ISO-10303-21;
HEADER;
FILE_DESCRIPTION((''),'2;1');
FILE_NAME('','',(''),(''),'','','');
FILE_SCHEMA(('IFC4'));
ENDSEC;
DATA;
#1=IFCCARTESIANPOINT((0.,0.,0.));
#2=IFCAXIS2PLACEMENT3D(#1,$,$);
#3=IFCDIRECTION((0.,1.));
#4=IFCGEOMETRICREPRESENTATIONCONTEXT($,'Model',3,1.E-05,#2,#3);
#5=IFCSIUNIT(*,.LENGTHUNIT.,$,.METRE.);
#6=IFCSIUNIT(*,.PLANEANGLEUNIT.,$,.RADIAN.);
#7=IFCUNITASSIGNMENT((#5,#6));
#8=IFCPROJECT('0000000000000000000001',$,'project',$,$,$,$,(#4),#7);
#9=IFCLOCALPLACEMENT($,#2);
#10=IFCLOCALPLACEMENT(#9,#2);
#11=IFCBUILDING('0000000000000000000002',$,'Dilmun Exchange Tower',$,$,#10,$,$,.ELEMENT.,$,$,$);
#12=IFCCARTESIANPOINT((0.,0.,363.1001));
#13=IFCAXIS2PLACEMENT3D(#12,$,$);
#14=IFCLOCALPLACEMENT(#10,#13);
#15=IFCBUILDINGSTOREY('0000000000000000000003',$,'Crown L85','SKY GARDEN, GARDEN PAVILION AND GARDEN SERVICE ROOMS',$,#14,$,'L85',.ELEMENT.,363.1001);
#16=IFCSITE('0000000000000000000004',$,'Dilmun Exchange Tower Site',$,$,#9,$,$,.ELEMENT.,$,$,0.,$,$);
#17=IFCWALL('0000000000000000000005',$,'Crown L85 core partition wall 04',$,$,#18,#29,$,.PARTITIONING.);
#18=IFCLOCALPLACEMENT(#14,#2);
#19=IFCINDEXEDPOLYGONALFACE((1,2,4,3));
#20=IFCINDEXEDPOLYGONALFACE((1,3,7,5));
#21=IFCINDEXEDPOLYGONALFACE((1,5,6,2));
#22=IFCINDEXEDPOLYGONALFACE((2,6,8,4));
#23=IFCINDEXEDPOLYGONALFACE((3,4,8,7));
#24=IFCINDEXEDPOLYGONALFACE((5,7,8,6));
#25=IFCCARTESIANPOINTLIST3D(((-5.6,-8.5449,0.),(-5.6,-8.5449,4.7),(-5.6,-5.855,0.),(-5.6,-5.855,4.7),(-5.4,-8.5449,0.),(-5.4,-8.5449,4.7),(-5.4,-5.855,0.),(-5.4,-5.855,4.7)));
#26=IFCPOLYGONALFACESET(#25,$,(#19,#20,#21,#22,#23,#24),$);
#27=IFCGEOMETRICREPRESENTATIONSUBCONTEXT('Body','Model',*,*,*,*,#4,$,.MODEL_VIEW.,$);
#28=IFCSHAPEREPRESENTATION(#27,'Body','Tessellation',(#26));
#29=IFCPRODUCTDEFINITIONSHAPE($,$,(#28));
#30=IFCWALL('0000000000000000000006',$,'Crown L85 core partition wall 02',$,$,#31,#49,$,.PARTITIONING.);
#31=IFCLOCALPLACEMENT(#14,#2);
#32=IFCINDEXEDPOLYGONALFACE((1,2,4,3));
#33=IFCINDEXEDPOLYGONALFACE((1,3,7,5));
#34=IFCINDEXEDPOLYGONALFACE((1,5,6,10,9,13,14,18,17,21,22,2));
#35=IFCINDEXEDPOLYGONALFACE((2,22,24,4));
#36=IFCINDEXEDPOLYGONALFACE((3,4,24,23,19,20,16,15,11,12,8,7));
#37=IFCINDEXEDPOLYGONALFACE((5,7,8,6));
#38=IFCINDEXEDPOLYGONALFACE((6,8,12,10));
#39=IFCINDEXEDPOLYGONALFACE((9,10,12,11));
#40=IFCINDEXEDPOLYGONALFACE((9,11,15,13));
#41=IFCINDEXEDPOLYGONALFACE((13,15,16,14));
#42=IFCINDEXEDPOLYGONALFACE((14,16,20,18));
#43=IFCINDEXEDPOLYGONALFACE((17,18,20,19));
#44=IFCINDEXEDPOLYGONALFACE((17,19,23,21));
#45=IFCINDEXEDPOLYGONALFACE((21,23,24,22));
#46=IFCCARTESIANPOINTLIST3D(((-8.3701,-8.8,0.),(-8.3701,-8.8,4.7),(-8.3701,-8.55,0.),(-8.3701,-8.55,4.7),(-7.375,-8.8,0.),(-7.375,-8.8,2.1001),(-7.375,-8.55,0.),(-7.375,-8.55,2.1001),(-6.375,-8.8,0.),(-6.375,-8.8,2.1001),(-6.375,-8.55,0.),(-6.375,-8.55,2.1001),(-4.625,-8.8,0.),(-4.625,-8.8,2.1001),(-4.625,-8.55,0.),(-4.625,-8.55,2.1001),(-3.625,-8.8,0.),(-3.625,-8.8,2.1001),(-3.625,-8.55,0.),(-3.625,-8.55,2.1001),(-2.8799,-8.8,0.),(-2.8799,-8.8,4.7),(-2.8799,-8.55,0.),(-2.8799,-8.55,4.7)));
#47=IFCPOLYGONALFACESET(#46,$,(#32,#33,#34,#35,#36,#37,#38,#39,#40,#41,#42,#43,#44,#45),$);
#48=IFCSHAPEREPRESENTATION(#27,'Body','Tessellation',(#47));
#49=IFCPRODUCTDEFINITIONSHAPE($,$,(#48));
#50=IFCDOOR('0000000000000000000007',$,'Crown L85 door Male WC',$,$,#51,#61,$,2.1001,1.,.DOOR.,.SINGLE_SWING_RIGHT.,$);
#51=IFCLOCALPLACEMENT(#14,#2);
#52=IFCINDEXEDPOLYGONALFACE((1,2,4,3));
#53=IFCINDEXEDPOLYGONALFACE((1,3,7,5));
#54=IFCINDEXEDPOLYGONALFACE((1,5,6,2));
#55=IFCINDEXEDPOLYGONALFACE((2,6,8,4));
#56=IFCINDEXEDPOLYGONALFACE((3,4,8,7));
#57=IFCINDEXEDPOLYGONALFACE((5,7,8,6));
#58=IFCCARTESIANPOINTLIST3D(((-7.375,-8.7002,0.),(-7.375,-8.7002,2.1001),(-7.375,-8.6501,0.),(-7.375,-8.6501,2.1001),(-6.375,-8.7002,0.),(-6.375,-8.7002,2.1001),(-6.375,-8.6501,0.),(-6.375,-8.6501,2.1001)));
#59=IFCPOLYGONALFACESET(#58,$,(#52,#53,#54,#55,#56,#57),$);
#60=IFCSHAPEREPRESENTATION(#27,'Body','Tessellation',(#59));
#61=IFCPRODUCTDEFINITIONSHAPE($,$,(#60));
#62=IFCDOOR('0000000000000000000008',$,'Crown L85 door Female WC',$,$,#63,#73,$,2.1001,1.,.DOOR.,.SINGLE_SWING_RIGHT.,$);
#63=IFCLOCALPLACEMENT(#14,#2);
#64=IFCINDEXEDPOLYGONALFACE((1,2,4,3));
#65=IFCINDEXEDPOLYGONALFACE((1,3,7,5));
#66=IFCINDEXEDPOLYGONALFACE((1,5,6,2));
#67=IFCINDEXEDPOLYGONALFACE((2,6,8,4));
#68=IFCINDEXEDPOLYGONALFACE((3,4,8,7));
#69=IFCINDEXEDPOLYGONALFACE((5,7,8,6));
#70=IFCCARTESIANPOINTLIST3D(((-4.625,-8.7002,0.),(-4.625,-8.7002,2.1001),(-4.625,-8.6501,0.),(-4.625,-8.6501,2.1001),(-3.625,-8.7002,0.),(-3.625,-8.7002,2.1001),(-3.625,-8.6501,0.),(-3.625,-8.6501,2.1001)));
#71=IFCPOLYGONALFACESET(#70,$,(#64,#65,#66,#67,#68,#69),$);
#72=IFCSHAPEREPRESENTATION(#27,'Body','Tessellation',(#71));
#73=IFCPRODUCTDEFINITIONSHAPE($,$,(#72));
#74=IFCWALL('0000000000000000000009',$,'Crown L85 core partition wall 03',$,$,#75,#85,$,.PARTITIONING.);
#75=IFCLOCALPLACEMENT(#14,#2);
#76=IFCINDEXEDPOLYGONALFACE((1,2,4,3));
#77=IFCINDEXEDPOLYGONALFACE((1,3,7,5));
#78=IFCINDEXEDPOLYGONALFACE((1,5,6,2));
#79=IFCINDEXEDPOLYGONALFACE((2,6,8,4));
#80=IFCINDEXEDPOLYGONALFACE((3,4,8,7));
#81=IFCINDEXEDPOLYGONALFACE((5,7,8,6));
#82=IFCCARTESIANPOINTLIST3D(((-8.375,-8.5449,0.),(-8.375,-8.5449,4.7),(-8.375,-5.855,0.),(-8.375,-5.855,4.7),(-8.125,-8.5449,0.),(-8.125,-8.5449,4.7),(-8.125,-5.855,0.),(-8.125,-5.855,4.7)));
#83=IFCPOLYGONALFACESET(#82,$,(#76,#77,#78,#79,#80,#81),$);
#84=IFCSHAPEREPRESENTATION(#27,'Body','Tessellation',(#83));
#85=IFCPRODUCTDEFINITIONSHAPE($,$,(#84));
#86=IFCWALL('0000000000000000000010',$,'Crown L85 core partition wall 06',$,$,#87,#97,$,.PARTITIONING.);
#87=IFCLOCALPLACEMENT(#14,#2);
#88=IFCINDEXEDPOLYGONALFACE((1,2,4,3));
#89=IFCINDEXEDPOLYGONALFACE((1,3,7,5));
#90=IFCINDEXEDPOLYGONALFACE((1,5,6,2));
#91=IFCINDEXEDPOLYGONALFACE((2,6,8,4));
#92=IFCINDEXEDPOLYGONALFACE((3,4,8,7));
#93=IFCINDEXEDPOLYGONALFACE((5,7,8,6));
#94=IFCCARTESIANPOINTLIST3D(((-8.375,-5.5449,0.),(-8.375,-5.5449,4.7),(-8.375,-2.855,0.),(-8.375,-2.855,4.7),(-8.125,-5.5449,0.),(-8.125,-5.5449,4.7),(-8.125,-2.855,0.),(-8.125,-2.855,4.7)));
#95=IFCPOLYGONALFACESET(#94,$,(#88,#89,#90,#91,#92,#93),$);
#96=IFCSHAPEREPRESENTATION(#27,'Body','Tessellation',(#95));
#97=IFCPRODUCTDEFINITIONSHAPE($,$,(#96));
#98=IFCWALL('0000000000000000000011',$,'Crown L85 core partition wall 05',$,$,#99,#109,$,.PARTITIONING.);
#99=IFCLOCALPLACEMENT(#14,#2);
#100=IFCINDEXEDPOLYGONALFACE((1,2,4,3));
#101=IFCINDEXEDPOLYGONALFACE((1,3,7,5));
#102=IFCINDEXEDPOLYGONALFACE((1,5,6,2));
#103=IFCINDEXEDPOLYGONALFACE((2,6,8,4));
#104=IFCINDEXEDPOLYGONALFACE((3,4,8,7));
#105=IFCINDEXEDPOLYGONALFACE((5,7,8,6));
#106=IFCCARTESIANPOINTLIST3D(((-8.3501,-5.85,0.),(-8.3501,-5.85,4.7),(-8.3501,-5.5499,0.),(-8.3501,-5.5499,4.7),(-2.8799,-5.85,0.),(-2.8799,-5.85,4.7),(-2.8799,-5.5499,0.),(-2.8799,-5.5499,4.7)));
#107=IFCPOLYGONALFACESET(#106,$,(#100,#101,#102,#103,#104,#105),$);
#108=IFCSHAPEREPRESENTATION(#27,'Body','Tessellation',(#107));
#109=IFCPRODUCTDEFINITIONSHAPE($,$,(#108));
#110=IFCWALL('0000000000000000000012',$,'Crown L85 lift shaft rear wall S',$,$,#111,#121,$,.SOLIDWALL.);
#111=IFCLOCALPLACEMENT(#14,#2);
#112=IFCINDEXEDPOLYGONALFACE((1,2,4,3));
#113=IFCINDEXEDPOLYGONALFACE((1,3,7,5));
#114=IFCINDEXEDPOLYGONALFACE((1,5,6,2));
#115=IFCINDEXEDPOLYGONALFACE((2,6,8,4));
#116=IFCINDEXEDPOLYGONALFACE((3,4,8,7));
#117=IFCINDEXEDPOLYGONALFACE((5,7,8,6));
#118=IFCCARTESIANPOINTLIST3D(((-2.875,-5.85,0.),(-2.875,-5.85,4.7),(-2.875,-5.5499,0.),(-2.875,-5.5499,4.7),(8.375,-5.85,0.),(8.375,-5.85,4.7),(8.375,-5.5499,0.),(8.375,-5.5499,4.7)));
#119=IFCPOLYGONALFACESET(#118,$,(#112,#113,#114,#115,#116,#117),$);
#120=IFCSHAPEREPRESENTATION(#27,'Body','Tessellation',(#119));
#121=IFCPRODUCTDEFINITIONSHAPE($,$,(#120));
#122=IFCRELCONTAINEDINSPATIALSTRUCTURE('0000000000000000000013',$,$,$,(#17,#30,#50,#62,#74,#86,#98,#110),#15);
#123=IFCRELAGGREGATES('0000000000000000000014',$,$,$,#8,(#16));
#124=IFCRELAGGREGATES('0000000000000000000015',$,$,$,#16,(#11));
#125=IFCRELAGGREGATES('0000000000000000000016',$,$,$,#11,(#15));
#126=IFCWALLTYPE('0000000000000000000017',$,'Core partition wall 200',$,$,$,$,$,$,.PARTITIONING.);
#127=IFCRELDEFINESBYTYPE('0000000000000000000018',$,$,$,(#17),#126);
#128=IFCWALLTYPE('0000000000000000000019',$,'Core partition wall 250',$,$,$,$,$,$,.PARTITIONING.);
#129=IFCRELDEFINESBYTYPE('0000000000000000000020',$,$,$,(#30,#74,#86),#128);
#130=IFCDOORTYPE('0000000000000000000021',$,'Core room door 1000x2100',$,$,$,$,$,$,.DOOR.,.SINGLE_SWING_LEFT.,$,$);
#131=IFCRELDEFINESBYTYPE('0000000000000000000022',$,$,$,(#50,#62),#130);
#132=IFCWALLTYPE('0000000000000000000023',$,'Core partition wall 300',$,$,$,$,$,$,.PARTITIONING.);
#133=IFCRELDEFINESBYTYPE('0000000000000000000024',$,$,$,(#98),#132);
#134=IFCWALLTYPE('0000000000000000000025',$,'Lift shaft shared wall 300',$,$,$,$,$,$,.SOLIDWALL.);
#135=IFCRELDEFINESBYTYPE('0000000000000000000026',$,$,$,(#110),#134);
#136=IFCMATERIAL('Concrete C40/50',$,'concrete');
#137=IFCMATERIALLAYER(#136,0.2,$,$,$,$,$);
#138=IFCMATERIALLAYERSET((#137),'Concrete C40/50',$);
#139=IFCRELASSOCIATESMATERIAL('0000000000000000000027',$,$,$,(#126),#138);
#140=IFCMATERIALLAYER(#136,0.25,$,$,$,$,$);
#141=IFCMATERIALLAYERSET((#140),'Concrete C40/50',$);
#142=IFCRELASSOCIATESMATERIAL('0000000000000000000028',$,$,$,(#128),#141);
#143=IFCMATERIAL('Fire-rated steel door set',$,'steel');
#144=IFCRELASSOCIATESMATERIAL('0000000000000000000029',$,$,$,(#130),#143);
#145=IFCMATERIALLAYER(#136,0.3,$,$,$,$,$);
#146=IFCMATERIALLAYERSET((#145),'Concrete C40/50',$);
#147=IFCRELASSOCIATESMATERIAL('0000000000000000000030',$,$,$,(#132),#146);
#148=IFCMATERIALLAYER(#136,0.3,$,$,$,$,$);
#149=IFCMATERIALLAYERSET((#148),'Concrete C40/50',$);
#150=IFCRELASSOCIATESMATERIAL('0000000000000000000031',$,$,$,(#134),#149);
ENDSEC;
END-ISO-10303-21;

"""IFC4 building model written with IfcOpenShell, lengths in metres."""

from ifc_helpers import new_model, si_unit, direction, frame, frame_2d, origin, place, context, subcontext, project, spatial, rectangle, extrude, material, layer, layer_set, type_object, element, fill, save


model = new_model("IFC4")

# Units and contexts
model_context = context("Model", 3, precision=1e-05, world=origin(), true_north=direction((0.0, 1.0)))
body_context = subcontext(model_context, "Body", "Model", "MODEL_VIEW")
ifc_project = project(units=[si_unit("LENGTHUNIT", "METRE"), si_unit("PLANEANGLEUNIT", "RADIAN")], contexts=[model_context])

# Site, building, storey
site_placement = place(None, origin())
site = spatial("IfcSite", under=ifc_project, at=site_placement, Name="Dilmun Exchange Tower Site", CompositionType="ELEMENT", RefElevation=0.0)
building_placement = place(site_placement, origin())
building = spatial("IfcBuilding", under=site, at=building_placement, Name="Dilmun Exchange Tower", CompositionType="ELEMENT")
storey_placement = place(building_placement, frame((0.0, 0.0, 363.1001)))
storey = spatial("IfcBuildingStorey", under=building, at=storey_placement, Name="Crown L85", Description="SKY GARDEN, GARDEN PAVILION AND GARDEN SERVICE ROOMS", LongName="L85", CompositionType="ELEMENT", Elevation=363.1001)

# Wall
ifc_material_1 = material(Name="Concrete C40/50", Category="concrete")
ifc_layer_1 = layer(ifc_material_1, 0.2)
ifc_layer_set_1 = layer_set([ifc_layer_1], Name="Concrete C40/50")
wall_type_1 = type_object("IfcWallType", Name="Core partition wall 200", PredefinedType="PARTITIONING", material=ifc_layer_set_1)
wall_1_placement = place(storey_placement, frame((-5.5, -8.5449, 0.0), z_axis=(0.0, 0.0, 1.0), x_axis=(0.0, 1.0, 0.0)))
element("IfcWall", 1, at=wall_1_placement, inside=storey, type_object=wall_type_1, Name="Crown L85 core partition wall 04", PredefinedType="PARTITIONING", context=body_context, shape_type="SweptSolid", body=[
    extrude(rectangle(XDim=2.6899, YDim=0.2, at=frame_2d((1.345, 0.0))), origin(), (0.0, 0.0, 1.0), 4.7),
])

# Shared definitions
ifc_material_2 = material(Name="Fire-rated steel door set", Category="steel")

# Wall, openings, doors
ifc_layer_2 = layer(ifc_material_1, 0.25)
ifc_layer_set_2 = layer_set([ifc_layer_2], Name="Concrete C40/50")
wall_type_2 = type_object("IfcWallType", Name="Core partition wall 250", PredefinedType="PARTITIONING", material=ifc_layer_set_2)
wall_2_placement = place(storey_placement, frame((-8.3701, -8.675, 0.0), z_axis=(0.0, 0.0, 1.0), x_axis=(1.0, 0.0, 0.0)))
wall_2 = element("IfcWall", 2, at=wall_2_placement, inside=storey, type_object=wall_type_2, Name="Crown L85 core partition wall 02", PredefinedType="PARTITIONING", context=body_context, shape_type="SweptSolid", body=[
    extrude(rectangle(XDim=5.4902, YDim=0.25, at=frame_2d((2.7451, 0.0))), origin(), (0.0, 0.0, 1.0), 4.7),
])
opening_1_placement = place(wall_2_placement, frame((0.9951, 0.0, 0.0)))
opening_1 = element("IfcOpeningElement", 3, at=opening_1_placement, cuts=wall_2, PredefinedType="OPENING", context=body_context, shape_type="SweptSolid", body=[
    extrude(rectangle(XDim=1.0, YDim=2.1001, at=frame_2d((0.5, 1.05))), frame((0.0, 0.135, 0.0), z_axis=(0.0, -1.0, 0.0), x_axis=(1.0, 0.0, 0.0)), (0.0, 0.0, 1.0), 0.27),
])
opening_2_placement = place(wall_2_placement, frame((3.7451, 0.0, 0.0)))
opening_2 = element("IfcOpeningElement", 4, at=opening_2_placement, cuts=wall_2, PredefinedType="OPENING", context=body_context, shape_type="SweptSolid", body=[
    extrude(rectangle(XDim=1.0, YDim=2.1001, at=frame_2d((0.5, 1.05))), frame((0.0, 0.135, 0.0), z_axis=(0.0, -1.0, 0.0), x_axis=(1.0, 0.0, 0.0)), (0.0, 0.0, 1.0), 0.27),
])
door_type_1 = type_object("IfcDoorType", Name="Core room door 1000x2100", OperationType="SINGLE_SWING_LEFT", PredefinedType="DOOR", material=ifc_material_2)
door_1_placement = place(opening_1_placement, origin())
door_1 = element("IfcDoor", 5, at=door_1_placement, inside=storey, type_object=door_type_1, Name="Crown L85 door Male WC", OperationType="SINGLE_SWING_RIGHT", OverallHeight=2.1001, OverallWidth=1.0, PredefinedType="DOOR", context=body_context, shape_type="SweptSolid", body=[
    extrude(rectangle(XDim=1.0, YDim=2.1001, at=frame_2d((0.5, 1.05))), frame((0.0, 0.0249, 0.0), z_axis=(0.0, -1.0, 0.0), x_axis=(1.0, 0.0, 0.0)), (0.0, 0.0, 1.0), 0.05),
])
fill(opening_1, door_1)
door_2_placement = place(opening_2_placement, origin())
door_2 = element("IfcDoor", 6, at=door_2_placement, inside=storey, type_object=door_type_1, Name="Crown L85 door Female WC", OperationType="SINGLE_SWING_RIGHT", OverallHeight=2.1001, OverallWidth=1.0, PredefinedType="DOOR", context=body_context, shape_type="SweptSolid", body=[
    extrude(rectangle(XDim=1.0, YDim=2.1001, at=frame_2d((0.5, 1.05))), frame((0.0, 0.0249, 0.0), z_axis=(0.0, -1.0, 0.0), x_axis=(1.0, 0.0, 0.0)), (0.0, 0.0, 1.0), 0.05),
])
fill(opening_2, door_2)

# Walls
for number, where, z_axis, x_axis, name in (
    (7, (-8.25, -8.5449, 0.0), (0.0, 0.0, 1.0), (0.0, 1.0, 0.0), "Crown L85 core partition wall 03"),
    (8, (-8.25, -5.5449, 0.0), (0.0, 0.0, 1.0), (0.0, 1.0, 0.0), "Crown L85 core partition wall 06"),
):
    element("IfcWall", number, at=place(storey_placement, frame(where, z_axis=z_axis, x_axis=x_axis)), inside=storey, type_object=wall_type_2, Name=name, PredefinedType="PARTITIONING", context=body_context, shape_type="SweptSolid", body=[
        extrude(rectangle(XDim=2.6899, YDim=0.25, at=frame_2d((1.345, 0.0))), origin(), (0.0, 0.0, 1.0), 4.7),
    ])
ifc_layer_3 = layer(ifc_material_1, 0.3)
ifc_layer_set_3 = layer_set([ifc_layer_3], Name="Concrete C40/50")
wall_type_3 = type_object("IfcWallType", Name="Core partition wall 300", PredefinedType="PARTITIONING", material=ifc_layer_set_3)
wall_3_placement = place(storey_placement, frame((-8.3501, -5.7, 0.0), z_axis=(0.0, 0.0, 1.0), x_axis=(1.0, 0.0, 0.0)))
element("IfcWall", 9, at=wall_3_placement, inside=storey, type_object=wall_type_3, Name="Crown L85 core partition wall 05", PredefinedType="PARTITIONING", context=body_context, shape_type="SweptSolid", body=[
    extrude(rectangle(XDim=5.4702, YDim=0.3, at=frame_2d((2.7351, 0.0))), origin(), (0.0, 0.0, 1.0), 4.7),
])
ifc_layer_4 = layer(ifc_material_1, 0.3)
ifc_layer_set_4 = layer_set([ifc_layer_4], Name="Concrete C40/50")
wall_type_4 = type_object("IfcWallType", Name="Lift shaft shared wall 300", PredefinedType="SOLIDWALL", material=ifc_layer_set_4)
wall_4_placement = place(storey_placement, frame((-2.875, -5.7, 0.0), z_axis=(0.0, 0.0, 1.0), x_axis=(1.0, 0.0, 0.0)))
element("IfcWall", 10, at=wall_4_placement, inside=storey, type_object=wall_type_4, Name="Crown L85 lift shaft rear wall S", PredefinedType="SOLIDWALL", context=body_context, shape_type="SweptSolid", body=[
    extrude(rectangle(XDim=11.25, YDim=0.3, at=frame_2d((5.625, 0.0))), origin(), (0.0, 0.0, 1.0), 4.7),
])

save(model, "model.ifc")
